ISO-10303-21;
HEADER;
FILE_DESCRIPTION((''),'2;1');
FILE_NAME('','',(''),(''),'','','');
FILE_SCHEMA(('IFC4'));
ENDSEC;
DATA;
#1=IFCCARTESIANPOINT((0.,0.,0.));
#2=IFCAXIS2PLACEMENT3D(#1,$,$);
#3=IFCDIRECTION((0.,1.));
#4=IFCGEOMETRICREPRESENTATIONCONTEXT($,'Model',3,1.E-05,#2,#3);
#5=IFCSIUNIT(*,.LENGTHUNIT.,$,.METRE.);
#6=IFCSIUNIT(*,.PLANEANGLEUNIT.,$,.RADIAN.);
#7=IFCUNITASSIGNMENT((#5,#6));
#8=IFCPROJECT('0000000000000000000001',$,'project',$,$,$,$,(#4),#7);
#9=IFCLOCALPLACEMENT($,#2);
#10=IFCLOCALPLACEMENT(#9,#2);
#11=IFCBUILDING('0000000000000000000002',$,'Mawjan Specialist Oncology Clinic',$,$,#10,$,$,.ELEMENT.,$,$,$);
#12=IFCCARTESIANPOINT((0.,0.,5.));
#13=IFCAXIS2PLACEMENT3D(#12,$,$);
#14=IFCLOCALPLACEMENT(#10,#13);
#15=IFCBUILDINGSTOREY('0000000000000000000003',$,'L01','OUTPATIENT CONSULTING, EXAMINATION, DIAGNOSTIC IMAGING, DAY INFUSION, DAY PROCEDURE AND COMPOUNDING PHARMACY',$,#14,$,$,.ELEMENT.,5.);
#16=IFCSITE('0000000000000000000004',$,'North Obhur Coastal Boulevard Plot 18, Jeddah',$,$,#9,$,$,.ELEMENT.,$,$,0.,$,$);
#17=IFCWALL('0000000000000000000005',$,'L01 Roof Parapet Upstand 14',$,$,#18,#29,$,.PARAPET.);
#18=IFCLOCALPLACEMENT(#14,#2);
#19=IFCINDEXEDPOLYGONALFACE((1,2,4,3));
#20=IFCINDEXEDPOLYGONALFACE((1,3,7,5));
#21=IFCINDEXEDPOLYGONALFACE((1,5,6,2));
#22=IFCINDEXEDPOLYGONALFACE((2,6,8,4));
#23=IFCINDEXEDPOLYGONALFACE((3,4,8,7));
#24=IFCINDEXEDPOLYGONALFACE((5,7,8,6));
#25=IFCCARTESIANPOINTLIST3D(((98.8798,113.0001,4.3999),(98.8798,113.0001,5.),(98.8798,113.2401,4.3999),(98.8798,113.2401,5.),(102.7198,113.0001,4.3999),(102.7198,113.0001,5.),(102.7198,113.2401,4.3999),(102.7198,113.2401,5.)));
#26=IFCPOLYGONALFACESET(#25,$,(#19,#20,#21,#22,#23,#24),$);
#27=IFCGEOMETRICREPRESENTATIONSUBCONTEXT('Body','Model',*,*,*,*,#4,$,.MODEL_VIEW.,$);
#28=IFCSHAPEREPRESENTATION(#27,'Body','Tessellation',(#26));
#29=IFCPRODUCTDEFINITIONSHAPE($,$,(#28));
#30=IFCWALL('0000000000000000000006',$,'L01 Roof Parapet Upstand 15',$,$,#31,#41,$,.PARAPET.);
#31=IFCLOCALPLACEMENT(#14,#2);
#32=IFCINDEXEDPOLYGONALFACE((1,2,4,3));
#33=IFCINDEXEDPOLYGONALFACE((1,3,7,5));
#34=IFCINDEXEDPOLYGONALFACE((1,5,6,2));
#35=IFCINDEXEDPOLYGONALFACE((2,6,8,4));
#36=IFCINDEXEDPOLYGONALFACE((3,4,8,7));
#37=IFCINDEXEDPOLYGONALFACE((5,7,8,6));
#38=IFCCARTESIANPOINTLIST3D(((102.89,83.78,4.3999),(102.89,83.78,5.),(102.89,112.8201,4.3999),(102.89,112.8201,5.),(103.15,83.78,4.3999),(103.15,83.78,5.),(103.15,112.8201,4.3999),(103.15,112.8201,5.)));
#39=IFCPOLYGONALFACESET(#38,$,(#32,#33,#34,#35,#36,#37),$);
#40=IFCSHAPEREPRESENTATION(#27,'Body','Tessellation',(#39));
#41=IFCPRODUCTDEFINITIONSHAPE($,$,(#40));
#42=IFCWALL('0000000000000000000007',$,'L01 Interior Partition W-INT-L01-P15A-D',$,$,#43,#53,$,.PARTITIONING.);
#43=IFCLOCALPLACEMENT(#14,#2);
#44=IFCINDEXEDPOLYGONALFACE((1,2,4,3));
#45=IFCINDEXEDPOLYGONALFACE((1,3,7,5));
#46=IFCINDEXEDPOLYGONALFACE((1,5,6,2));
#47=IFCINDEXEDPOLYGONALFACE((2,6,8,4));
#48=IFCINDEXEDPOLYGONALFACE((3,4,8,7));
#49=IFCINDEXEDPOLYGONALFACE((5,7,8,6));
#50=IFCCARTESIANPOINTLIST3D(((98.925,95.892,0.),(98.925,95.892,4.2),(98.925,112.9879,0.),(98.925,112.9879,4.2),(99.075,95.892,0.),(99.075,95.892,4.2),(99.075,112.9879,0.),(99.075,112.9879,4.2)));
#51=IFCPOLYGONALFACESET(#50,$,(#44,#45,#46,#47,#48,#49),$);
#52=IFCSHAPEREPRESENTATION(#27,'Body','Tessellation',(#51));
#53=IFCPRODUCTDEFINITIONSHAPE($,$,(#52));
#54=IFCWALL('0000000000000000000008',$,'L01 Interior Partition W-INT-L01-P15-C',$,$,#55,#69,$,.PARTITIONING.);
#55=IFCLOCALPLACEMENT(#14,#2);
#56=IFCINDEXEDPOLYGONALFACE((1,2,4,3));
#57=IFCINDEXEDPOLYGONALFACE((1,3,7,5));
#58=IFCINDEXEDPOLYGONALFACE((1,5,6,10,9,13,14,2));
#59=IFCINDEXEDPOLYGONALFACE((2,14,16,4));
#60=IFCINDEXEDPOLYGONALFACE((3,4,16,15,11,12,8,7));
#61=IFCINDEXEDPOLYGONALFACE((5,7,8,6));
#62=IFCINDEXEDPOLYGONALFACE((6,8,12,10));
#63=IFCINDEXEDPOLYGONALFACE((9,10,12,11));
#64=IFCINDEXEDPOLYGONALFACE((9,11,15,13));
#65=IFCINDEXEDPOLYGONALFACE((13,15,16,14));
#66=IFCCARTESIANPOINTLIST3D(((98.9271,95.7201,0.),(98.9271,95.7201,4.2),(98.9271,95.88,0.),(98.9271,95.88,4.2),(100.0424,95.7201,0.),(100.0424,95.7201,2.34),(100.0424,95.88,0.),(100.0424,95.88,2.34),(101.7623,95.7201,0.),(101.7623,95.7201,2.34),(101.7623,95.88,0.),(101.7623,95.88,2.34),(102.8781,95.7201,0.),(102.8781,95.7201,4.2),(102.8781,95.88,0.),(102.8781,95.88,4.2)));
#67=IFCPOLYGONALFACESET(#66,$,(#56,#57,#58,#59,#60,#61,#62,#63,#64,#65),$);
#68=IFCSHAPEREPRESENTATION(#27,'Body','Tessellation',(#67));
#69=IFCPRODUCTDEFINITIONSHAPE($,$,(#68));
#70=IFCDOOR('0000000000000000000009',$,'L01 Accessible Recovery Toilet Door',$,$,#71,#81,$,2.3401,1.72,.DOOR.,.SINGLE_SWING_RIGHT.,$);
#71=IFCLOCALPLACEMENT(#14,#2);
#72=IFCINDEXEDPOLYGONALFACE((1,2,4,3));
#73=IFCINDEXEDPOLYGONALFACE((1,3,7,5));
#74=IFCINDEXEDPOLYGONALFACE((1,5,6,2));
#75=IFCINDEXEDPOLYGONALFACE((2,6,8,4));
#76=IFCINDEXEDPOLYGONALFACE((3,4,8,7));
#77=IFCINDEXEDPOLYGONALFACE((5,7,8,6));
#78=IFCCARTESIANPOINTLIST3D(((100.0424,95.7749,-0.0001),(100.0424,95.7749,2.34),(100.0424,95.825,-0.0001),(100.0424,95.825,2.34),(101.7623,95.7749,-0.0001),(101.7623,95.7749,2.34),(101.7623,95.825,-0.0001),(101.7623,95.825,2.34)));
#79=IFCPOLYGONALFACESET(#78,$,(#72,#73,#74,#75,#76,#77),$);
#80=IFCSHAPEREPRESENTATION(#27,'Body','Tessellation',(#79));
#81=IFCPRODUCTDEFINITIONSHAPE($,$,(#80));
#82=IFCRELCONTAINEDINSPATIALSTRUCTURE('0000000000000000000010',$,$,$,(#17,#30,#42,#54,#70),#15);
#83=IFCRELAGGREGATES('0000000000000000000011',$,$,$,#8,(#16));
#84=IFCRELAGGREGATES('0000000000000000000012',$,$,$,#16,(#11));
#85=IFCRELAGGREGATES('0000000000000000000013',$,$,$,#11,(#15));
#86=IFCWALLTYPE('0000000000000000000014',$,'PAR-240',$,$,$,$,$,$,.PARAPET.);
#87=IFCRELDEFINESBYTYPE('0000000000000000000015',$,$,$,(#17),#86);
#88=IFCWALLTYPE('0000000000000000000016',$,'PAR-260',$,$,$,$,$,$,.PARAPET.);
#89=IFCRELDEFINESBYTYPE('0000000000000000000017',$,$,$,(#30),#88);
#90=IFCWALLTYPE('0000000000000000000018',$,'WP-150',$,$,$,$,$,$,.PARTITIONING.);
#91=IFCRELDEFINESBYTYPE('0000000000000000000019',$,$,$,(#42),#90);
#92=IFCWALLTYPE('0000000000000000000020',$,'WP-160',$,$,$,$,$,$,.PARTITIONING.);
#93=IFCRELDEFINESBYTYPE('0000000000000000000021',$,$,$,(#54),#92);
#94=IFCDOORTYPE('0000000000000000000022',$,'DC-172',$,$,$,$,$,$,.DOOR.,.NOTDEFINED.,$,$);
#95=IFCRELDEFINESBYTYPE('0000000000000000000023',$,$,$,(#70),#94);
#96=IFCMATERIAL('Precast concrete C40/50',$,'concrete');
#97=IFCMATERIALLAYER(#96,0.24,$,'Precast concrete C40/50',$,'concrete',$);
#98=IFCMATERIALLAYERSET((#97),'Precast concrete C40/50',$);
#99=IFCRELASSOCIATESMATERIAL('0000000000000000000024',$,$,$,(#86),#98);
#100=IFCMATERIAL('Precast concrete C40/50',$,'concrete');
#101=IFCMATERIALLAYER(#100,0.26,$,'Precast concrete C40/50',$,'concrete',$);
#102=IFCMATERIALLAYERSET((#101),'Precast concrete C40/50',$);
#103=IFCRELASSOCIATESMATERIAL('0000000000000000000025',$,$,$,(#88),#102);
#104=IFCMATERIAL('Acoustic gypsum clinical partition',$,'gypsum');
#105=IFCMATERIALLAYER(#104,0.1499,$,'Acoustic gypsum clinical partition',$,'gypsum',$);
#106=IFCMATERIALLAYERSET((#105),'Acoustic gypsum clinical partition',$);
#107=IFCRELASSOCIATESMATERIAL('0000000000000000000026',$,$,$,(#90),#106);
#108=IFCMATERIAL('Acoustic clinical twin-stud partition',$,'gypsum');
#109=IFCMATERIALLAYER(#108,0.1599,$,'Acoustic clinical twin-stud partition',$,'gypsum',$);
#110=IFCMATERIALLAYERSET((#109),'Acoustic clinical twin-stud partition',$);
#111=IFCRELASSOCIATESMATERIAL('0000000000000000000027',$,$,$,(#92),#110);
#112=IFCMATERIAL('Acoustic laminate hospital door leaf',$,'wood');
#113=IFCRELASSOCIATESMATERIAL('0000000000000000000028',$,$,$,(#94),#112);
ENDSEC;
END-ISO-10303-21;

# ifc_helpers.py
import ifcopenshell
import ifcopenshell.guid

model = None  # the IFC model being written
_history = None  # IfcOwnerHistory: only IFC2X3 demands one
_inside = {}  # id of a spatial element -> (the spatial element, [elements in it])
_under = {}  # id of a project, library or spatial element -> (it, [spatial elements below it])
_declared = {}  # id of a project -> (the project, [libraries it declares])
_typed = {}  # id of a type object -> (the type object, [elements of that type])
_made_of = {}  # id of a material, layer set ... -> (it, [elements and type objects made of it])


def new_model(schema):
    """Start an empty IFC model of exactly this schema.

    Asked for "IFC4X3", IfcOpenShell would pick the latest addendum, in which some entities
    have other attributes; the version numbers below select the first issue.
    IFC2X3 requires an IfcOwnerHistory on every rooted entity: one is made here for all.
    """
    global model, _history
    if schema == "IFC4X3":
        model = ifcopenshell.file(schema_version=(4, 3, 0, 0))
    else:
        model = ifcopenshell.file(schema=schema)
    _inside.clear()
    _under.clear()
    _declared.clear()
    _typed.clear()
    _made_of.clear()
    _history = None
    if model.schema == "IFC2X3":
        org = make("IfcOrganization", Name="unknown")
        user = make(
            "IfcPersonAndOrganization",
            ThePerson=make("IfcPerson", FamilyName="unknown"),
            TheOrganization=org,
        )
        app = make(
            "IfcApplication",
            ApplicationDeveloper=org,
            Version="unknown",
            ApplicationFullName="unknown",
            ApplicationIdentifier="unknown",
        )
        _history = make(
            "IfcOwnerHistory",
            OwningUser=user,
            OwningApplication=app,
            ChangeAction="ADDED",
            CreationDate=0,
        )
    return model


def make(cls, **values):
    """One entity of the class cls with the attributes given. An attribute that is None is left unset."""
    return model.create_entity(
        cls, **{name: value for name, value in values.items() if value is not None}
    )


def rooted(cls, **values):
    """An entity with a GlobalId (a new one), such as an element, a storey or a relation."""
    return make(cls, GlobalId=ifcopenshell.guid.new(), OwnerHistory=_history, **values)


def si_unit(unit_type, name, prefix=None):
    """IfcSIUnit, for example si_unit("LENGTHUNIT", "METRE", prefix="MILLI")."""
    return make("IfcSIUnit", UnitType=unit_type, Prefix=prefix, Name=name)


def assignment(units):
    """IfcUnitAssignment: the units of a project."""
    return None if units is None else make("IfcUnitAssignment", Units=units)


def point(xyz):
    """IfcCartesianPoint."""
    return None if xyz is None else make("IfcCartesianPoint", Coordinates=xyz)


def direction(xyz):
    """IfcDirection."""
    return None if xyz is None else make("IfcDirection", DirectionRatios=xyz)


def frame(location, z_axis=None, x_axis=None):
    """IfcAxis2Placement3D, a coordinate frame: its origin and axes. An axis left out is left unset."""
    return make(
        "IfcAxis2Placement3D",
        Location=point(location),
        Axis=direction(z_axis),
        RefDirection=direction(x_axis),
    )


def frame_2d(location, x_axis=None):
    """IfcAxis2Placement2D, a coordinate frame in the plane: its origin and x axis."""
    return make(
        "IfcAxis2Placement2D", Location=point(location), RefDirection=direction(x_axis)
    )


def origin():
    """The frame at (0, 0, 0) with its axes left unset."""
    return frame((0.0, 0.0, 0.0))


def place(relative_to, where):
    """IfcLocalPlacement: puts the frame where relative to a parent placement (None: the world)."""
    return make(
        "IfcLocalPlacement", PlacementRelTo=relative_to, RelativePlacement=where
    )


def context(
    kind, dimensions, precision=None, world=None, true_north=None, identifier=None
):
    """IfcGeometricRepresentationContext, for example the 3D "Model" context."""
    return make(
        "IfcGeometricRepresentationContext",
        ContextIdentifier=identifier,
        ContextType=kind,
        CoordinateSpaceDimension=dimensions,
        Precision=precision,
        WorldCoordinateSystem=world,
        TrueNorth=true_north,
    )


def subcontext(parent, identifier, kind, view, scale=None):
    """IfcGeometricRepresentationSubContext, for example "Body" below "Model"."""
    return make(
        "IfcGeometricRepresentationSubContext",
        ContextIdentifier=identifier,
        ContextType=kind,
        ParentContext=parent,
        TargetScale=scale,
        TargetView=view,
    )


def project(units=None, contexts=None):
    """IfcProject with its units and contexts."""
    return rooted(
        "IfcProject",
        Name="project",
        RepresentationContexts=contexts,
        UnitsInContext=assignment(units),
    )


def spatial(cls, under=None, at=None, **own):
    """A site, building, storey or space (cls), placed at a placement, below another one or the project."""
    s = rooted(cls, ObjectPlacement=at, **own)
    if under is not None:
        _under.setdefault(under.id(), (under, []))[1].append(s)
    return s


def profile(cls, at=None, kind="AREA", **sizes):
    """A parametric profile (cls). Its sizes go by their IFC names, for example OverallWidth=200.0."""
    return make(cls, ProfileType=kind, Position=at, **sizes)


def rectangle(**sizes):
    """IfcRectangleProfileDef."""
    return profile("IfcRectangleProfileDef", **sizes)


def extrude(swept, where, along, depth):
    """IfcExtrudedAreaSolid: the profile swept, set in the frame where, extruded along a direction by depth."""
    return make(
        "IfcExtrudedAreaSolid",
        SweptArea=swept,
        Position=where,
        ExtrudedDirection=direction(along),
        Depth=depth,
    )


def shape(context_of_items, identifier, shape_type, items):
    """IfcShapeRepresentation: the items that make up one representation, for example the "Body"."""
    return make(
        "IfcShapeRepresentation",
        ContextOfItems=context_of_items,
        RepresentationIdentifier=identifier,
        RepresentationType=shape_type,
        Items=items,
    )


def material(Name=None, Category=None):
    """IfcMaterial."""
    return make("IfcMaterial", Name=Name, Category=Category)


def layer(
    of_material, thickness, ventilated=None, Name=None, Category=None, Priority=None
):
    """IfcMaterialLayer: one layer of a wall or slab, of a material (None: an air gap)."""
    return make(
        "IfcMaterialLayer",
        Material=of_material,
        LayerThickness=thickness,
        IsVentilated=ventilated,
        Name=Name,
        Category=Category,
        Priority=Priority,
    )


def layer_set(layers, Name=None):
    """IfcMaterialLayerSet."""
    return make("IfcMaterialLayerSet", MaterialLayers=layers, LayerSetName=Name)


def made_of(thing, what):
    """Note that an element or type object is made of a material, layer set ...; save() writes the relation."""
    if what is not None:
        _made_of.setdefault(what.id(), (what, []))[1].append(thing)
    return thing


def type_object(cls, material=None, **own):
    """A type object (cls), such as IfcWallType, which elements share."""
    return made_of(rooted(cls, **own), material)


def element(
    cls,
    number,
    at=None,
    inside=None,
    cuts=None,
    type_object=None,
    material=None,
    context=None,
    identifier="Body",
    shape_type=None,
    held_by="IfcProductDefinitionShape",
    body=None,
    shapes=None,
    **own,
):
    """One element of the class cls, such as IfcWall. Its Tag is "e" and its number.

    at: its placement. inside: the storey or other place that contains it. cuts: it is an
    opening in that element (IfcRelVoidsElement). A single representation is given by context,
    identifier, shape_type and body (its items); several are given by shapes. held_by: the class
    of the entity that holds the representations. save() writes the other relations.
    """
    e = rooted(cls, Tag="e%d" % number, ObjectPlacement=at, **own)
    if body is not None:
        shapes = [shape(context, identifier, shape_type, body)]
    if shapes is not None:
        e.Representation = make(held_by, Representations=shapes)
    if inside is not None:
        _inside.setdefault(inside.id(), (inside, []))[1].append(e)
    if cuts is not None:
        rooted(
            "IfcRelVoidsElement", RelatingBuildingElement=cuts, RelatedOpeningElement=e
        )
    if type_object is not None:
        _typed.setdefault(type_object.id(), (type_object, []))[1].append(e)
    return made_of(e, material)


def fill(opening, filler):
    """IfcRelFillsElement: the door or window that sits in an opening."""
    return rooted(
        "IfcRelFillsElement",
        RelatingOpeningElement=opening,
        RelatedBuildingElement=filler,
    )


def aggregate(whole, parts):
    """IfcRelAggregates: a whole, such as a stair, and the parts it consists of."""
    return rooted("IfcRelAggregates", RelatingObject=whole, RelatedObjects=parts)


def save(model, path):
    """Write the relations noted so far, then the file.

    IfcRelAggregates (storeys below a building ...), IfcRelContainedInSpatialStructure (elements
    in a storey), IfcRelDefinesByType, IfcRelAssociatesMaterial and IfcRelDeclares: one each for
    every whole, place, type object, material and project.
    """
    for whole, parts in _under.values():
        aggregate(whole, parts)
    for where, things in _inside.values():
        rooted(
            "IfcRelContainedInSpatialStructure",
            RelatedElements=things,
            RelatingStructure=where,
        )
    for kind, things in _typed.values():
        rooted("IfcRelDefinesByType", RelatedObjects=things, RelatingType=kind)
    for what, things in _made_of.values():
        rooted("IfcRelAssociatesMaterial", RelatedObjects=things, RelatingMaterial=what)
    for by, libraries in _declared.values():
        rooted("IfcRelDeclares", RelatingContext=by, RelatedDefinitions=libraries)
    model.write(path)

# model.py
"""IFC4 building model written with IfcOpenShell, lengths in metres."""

from ifc_helpers import new_model, si_unit, direction, frame, frame_2d, origin, place, context, subcontext, project, spatial, rectangle, extrude, material, layer, layer_set, type_object, element, fill, save


model = new_model("IFC4")

# Units and contexts
model_context = context("Model", 3, precision=1e-05, world=origin(), true_north=direction((0.0, 1.0)))
body_context = subcontext(model_context, "Body", "Model", "MODEL_VIEW")
ifc_project = project(units=[si_unit("LENGTHUNIT", "METRE"), si_unit("PLANEANGLEUNIT", "RADIAN")], contexts=[model_context])

# Site, building, storey
site_placement = place(None, origin())
site = spatial("IfcSite", under=ifc_project, at=site_placement, Name="North Obhur Coastal Boulevard Plot 18, Jeddah", CompositionType="ELEMENT", RefElevation=0.0)
building_placement = place(site_placement, origin())
building = spatial("IfcBuilding", under=site, at=building_placement, Name="Mawjan Specialist Oncology Clinic", CompositionType="ELEMENT")
storey_placement = place(building_placement, frame((0.0, 0.0, 5.0)))
storey = spatial("IfcBuildingStorey", under=building, at=storey_placement, Name="L01", Description="OUTPATIENT CONSULTING, EXAMINATION, DIAGNOSTIC IMAGING, DAY INFUSION, DAY PROCEDURE AND COMPOUNDING PHARMACY", CompositionType="ELEMENT", Elevation=5.0)

# Walls
ifc_material_1 = material(Name="Precast concrete C40/50", Category="concrete")
ifc_layer_1 = layer(ifc_material_1, 0.24, Name="Precast concrete C40/50", Category="concrete")
ifc_layer_set_1 = layer_set([ifc_layer_1], Name="Precast concrete C40/50")
wall_type_1 = type_object("IfcWallType", Name="PAR-240", PredefinedType="PARAPET", material=ifc_layer_set_1)
wall_1_placement = place(storey_placement, frame((98.8799, 113.1201, 4.3999), z_axis=(0.0, 0.0, 1.0), x_axis=(1.0, 0.0, 0.0)))
element("IfcWall", 1, at=wall_1_placement, inside=storey, type_object=wall_type_1, Name="L01 Roof Parapet Upstand 14", PredefinedType="PARAPET", context=body_context, shape_type="SweptSolid", body=[
    extrude(rectangle(XDim=3.8401, YDim=0.24, at=frame_2d((1.9199, 0.0))), origin(), (0.0, 0.0, 1.0), 0.6001),
])
ifc_material_2 = material(Name="Precast concrete C40/50", Category="concrete")
ifc_layer_2 = layer(ifc_material_2, 0.26, Name="Precast concrete C40/50", Category="concrete")
ifc_layer_set_2 = layer_set([ifc_layer_2], Name="Precast concrete C40/50")
wall_type_2 = type_object("IfcWallType", Name="PAR-260", PredefinedType="PARAPET", material=ifc_layer_set_2)
wall_2_placement = place(storey_placement, frame((103.02, 112.8201, 4.3999), z_axis=(0.0, 0.0, 1.0), x_axis=(0.0, -1.0, 0.0)))
element("IfcWall", 2, at=wall_2_placement, inside=storey, type_object=wall_type_2, Name="L01 Roof Parapet Upstand 15", PredefinedType="PARAPET", context=body_context, shape_type="SweptSolid", body=[
    extrude(rectangle(XDim=29.04, YDim=0.26, at=frame_2d((14.52, 0.0))), origin(), (0.0, 0.0, 1.0), 0.6001),
])
ifc_material_3 = material(Name="Acoustic gypsum clinical partition", Category="gypsum")
ifc_layer_3 = layer(ifc_material_3, 0.1499, Name="Acoustic gypsum clinical partition", Category="gypsum")
ifc_layer_set_3 = layer_set([ifc_layer_3], Name="Acoustic gypsum clinical partition")
wall_type_3 = type_object("IfcWallType", Name="WP-150", PredefinedType="PARTITIONING", material=ifc_layer_set_3)
wall_3_placement = place(storey_placement, frame((99.0, 95.8921, 0.0), z_axis=(0.0, 0.0, 1.0), x_axis=(0.0, 1.0, 0.0)))
element("IfcWall", 3, at=wall_3_placement, inside=storey, type_object=wall_type_3, Name="L01 Interior Partition W-INT-L01-P15A-D", PredefinedType="PARTITIONING", context=body_context, shape_type="SweptSolid", body=[
    extrude(rectangle(XDim=17.0959, YDim=0.1499, at=frame_2d((8.5479, 0.0))), origin(), (0.0, 0.0, 1.0), 4.2),
])

# Wall, opening, door
ifc_material_4 = material(Name="Acoustic clinical twin-stud partition", Category="gypsum")
ifc_layer_4 = layer(ifc_material_4, 0.1599, Name="Acoustic clinical twin-stud partition", Category="gypsum")
ifc_layer_set_4 = layer_set([ifc_layer_4], Name="Acoustic clinical twin-stud partition")
wall_type_4 = type_object("IfcWallType", Name="WP-160", PredefinedType="PARTITIONING", material=ifc_layer_set_4)
wall_4_placement = place(storey_placement, frame((98.927, 95.8, 0.0), z_axis=(0.0, 0.0, 1.0), x_axis=(1.0, 0.0, 0.0)))
wall_4 = element("IfcWall", 4, at=wall_4_placement, inside=storey, type_object=wall_type_4, Name="L01 Interior Partition W-INT-L01-P15-C", PredefinedType="PARTITIONING", context=body_context, shape_type="SweptSolid", body=[
    extrude(rectangle(XDim=3.9509, YDim=0.1599, at=frame_2d((1.9756, 0.0))), origin(), (0.0, 0.0, 1.0), 4.2),
])
opening_1_placement = place(wall_4_placement, frame((1.1155, 0.0, 0.0)))
opening_1 = element("IfcOpeningElement", 5, at=opening_1_placement, cuts=wall_4, PredefinedType="OPENING", context=body_context, shape_type="SweptSolid", body=[
    extrude(rectangle(XDim=1.72, YDim=2.3401, at=frame_2d((0.8599, 1.1699))), frame((0.0, 0.092, 0.0), z_axis=(0.0, -1.0, 0.0), x_axis=(1.0, 0.0, 0.0)), (0.0, 0.0, 1.0), 0.1838),
])
ifc_material_5 = material(Name="Acoustic laminate hospital door leaf", Category="wood")
door_type = type_object("IfcDoorType", Name="DC-172", OperationType="NOTDEFINED", PredefinedType="DOOR", material=ifc_material_5)
door_placement = place(opening_1_placement, origin())
door = element("IfcDoor", 6, at=door_placement, inside=storey, type_object=door_type, Name="L01 Accessible Recovery Toilet Door", OperationType="SINGLE_SWING_RIGHT", OverallHeight=2.3401, OverallWidth=1.72, PredefinedType="DOOR", context=body_context, shape_type="SweptSolid", body=[
    extrude(rectangle(XDim=1.72, YDim=2.3401, at=frame_2d((0.8599, 1.1699))), frame((0.0, 0.0249, 0.0), z_axis=(0.0, -1.0, 0.0), x_axis=(1.0, 0.0, 0.0)), (0.0, 0.0, 1.0), 0.05),
])
fill(opening_1, door)

save(model, "model.ifc")
